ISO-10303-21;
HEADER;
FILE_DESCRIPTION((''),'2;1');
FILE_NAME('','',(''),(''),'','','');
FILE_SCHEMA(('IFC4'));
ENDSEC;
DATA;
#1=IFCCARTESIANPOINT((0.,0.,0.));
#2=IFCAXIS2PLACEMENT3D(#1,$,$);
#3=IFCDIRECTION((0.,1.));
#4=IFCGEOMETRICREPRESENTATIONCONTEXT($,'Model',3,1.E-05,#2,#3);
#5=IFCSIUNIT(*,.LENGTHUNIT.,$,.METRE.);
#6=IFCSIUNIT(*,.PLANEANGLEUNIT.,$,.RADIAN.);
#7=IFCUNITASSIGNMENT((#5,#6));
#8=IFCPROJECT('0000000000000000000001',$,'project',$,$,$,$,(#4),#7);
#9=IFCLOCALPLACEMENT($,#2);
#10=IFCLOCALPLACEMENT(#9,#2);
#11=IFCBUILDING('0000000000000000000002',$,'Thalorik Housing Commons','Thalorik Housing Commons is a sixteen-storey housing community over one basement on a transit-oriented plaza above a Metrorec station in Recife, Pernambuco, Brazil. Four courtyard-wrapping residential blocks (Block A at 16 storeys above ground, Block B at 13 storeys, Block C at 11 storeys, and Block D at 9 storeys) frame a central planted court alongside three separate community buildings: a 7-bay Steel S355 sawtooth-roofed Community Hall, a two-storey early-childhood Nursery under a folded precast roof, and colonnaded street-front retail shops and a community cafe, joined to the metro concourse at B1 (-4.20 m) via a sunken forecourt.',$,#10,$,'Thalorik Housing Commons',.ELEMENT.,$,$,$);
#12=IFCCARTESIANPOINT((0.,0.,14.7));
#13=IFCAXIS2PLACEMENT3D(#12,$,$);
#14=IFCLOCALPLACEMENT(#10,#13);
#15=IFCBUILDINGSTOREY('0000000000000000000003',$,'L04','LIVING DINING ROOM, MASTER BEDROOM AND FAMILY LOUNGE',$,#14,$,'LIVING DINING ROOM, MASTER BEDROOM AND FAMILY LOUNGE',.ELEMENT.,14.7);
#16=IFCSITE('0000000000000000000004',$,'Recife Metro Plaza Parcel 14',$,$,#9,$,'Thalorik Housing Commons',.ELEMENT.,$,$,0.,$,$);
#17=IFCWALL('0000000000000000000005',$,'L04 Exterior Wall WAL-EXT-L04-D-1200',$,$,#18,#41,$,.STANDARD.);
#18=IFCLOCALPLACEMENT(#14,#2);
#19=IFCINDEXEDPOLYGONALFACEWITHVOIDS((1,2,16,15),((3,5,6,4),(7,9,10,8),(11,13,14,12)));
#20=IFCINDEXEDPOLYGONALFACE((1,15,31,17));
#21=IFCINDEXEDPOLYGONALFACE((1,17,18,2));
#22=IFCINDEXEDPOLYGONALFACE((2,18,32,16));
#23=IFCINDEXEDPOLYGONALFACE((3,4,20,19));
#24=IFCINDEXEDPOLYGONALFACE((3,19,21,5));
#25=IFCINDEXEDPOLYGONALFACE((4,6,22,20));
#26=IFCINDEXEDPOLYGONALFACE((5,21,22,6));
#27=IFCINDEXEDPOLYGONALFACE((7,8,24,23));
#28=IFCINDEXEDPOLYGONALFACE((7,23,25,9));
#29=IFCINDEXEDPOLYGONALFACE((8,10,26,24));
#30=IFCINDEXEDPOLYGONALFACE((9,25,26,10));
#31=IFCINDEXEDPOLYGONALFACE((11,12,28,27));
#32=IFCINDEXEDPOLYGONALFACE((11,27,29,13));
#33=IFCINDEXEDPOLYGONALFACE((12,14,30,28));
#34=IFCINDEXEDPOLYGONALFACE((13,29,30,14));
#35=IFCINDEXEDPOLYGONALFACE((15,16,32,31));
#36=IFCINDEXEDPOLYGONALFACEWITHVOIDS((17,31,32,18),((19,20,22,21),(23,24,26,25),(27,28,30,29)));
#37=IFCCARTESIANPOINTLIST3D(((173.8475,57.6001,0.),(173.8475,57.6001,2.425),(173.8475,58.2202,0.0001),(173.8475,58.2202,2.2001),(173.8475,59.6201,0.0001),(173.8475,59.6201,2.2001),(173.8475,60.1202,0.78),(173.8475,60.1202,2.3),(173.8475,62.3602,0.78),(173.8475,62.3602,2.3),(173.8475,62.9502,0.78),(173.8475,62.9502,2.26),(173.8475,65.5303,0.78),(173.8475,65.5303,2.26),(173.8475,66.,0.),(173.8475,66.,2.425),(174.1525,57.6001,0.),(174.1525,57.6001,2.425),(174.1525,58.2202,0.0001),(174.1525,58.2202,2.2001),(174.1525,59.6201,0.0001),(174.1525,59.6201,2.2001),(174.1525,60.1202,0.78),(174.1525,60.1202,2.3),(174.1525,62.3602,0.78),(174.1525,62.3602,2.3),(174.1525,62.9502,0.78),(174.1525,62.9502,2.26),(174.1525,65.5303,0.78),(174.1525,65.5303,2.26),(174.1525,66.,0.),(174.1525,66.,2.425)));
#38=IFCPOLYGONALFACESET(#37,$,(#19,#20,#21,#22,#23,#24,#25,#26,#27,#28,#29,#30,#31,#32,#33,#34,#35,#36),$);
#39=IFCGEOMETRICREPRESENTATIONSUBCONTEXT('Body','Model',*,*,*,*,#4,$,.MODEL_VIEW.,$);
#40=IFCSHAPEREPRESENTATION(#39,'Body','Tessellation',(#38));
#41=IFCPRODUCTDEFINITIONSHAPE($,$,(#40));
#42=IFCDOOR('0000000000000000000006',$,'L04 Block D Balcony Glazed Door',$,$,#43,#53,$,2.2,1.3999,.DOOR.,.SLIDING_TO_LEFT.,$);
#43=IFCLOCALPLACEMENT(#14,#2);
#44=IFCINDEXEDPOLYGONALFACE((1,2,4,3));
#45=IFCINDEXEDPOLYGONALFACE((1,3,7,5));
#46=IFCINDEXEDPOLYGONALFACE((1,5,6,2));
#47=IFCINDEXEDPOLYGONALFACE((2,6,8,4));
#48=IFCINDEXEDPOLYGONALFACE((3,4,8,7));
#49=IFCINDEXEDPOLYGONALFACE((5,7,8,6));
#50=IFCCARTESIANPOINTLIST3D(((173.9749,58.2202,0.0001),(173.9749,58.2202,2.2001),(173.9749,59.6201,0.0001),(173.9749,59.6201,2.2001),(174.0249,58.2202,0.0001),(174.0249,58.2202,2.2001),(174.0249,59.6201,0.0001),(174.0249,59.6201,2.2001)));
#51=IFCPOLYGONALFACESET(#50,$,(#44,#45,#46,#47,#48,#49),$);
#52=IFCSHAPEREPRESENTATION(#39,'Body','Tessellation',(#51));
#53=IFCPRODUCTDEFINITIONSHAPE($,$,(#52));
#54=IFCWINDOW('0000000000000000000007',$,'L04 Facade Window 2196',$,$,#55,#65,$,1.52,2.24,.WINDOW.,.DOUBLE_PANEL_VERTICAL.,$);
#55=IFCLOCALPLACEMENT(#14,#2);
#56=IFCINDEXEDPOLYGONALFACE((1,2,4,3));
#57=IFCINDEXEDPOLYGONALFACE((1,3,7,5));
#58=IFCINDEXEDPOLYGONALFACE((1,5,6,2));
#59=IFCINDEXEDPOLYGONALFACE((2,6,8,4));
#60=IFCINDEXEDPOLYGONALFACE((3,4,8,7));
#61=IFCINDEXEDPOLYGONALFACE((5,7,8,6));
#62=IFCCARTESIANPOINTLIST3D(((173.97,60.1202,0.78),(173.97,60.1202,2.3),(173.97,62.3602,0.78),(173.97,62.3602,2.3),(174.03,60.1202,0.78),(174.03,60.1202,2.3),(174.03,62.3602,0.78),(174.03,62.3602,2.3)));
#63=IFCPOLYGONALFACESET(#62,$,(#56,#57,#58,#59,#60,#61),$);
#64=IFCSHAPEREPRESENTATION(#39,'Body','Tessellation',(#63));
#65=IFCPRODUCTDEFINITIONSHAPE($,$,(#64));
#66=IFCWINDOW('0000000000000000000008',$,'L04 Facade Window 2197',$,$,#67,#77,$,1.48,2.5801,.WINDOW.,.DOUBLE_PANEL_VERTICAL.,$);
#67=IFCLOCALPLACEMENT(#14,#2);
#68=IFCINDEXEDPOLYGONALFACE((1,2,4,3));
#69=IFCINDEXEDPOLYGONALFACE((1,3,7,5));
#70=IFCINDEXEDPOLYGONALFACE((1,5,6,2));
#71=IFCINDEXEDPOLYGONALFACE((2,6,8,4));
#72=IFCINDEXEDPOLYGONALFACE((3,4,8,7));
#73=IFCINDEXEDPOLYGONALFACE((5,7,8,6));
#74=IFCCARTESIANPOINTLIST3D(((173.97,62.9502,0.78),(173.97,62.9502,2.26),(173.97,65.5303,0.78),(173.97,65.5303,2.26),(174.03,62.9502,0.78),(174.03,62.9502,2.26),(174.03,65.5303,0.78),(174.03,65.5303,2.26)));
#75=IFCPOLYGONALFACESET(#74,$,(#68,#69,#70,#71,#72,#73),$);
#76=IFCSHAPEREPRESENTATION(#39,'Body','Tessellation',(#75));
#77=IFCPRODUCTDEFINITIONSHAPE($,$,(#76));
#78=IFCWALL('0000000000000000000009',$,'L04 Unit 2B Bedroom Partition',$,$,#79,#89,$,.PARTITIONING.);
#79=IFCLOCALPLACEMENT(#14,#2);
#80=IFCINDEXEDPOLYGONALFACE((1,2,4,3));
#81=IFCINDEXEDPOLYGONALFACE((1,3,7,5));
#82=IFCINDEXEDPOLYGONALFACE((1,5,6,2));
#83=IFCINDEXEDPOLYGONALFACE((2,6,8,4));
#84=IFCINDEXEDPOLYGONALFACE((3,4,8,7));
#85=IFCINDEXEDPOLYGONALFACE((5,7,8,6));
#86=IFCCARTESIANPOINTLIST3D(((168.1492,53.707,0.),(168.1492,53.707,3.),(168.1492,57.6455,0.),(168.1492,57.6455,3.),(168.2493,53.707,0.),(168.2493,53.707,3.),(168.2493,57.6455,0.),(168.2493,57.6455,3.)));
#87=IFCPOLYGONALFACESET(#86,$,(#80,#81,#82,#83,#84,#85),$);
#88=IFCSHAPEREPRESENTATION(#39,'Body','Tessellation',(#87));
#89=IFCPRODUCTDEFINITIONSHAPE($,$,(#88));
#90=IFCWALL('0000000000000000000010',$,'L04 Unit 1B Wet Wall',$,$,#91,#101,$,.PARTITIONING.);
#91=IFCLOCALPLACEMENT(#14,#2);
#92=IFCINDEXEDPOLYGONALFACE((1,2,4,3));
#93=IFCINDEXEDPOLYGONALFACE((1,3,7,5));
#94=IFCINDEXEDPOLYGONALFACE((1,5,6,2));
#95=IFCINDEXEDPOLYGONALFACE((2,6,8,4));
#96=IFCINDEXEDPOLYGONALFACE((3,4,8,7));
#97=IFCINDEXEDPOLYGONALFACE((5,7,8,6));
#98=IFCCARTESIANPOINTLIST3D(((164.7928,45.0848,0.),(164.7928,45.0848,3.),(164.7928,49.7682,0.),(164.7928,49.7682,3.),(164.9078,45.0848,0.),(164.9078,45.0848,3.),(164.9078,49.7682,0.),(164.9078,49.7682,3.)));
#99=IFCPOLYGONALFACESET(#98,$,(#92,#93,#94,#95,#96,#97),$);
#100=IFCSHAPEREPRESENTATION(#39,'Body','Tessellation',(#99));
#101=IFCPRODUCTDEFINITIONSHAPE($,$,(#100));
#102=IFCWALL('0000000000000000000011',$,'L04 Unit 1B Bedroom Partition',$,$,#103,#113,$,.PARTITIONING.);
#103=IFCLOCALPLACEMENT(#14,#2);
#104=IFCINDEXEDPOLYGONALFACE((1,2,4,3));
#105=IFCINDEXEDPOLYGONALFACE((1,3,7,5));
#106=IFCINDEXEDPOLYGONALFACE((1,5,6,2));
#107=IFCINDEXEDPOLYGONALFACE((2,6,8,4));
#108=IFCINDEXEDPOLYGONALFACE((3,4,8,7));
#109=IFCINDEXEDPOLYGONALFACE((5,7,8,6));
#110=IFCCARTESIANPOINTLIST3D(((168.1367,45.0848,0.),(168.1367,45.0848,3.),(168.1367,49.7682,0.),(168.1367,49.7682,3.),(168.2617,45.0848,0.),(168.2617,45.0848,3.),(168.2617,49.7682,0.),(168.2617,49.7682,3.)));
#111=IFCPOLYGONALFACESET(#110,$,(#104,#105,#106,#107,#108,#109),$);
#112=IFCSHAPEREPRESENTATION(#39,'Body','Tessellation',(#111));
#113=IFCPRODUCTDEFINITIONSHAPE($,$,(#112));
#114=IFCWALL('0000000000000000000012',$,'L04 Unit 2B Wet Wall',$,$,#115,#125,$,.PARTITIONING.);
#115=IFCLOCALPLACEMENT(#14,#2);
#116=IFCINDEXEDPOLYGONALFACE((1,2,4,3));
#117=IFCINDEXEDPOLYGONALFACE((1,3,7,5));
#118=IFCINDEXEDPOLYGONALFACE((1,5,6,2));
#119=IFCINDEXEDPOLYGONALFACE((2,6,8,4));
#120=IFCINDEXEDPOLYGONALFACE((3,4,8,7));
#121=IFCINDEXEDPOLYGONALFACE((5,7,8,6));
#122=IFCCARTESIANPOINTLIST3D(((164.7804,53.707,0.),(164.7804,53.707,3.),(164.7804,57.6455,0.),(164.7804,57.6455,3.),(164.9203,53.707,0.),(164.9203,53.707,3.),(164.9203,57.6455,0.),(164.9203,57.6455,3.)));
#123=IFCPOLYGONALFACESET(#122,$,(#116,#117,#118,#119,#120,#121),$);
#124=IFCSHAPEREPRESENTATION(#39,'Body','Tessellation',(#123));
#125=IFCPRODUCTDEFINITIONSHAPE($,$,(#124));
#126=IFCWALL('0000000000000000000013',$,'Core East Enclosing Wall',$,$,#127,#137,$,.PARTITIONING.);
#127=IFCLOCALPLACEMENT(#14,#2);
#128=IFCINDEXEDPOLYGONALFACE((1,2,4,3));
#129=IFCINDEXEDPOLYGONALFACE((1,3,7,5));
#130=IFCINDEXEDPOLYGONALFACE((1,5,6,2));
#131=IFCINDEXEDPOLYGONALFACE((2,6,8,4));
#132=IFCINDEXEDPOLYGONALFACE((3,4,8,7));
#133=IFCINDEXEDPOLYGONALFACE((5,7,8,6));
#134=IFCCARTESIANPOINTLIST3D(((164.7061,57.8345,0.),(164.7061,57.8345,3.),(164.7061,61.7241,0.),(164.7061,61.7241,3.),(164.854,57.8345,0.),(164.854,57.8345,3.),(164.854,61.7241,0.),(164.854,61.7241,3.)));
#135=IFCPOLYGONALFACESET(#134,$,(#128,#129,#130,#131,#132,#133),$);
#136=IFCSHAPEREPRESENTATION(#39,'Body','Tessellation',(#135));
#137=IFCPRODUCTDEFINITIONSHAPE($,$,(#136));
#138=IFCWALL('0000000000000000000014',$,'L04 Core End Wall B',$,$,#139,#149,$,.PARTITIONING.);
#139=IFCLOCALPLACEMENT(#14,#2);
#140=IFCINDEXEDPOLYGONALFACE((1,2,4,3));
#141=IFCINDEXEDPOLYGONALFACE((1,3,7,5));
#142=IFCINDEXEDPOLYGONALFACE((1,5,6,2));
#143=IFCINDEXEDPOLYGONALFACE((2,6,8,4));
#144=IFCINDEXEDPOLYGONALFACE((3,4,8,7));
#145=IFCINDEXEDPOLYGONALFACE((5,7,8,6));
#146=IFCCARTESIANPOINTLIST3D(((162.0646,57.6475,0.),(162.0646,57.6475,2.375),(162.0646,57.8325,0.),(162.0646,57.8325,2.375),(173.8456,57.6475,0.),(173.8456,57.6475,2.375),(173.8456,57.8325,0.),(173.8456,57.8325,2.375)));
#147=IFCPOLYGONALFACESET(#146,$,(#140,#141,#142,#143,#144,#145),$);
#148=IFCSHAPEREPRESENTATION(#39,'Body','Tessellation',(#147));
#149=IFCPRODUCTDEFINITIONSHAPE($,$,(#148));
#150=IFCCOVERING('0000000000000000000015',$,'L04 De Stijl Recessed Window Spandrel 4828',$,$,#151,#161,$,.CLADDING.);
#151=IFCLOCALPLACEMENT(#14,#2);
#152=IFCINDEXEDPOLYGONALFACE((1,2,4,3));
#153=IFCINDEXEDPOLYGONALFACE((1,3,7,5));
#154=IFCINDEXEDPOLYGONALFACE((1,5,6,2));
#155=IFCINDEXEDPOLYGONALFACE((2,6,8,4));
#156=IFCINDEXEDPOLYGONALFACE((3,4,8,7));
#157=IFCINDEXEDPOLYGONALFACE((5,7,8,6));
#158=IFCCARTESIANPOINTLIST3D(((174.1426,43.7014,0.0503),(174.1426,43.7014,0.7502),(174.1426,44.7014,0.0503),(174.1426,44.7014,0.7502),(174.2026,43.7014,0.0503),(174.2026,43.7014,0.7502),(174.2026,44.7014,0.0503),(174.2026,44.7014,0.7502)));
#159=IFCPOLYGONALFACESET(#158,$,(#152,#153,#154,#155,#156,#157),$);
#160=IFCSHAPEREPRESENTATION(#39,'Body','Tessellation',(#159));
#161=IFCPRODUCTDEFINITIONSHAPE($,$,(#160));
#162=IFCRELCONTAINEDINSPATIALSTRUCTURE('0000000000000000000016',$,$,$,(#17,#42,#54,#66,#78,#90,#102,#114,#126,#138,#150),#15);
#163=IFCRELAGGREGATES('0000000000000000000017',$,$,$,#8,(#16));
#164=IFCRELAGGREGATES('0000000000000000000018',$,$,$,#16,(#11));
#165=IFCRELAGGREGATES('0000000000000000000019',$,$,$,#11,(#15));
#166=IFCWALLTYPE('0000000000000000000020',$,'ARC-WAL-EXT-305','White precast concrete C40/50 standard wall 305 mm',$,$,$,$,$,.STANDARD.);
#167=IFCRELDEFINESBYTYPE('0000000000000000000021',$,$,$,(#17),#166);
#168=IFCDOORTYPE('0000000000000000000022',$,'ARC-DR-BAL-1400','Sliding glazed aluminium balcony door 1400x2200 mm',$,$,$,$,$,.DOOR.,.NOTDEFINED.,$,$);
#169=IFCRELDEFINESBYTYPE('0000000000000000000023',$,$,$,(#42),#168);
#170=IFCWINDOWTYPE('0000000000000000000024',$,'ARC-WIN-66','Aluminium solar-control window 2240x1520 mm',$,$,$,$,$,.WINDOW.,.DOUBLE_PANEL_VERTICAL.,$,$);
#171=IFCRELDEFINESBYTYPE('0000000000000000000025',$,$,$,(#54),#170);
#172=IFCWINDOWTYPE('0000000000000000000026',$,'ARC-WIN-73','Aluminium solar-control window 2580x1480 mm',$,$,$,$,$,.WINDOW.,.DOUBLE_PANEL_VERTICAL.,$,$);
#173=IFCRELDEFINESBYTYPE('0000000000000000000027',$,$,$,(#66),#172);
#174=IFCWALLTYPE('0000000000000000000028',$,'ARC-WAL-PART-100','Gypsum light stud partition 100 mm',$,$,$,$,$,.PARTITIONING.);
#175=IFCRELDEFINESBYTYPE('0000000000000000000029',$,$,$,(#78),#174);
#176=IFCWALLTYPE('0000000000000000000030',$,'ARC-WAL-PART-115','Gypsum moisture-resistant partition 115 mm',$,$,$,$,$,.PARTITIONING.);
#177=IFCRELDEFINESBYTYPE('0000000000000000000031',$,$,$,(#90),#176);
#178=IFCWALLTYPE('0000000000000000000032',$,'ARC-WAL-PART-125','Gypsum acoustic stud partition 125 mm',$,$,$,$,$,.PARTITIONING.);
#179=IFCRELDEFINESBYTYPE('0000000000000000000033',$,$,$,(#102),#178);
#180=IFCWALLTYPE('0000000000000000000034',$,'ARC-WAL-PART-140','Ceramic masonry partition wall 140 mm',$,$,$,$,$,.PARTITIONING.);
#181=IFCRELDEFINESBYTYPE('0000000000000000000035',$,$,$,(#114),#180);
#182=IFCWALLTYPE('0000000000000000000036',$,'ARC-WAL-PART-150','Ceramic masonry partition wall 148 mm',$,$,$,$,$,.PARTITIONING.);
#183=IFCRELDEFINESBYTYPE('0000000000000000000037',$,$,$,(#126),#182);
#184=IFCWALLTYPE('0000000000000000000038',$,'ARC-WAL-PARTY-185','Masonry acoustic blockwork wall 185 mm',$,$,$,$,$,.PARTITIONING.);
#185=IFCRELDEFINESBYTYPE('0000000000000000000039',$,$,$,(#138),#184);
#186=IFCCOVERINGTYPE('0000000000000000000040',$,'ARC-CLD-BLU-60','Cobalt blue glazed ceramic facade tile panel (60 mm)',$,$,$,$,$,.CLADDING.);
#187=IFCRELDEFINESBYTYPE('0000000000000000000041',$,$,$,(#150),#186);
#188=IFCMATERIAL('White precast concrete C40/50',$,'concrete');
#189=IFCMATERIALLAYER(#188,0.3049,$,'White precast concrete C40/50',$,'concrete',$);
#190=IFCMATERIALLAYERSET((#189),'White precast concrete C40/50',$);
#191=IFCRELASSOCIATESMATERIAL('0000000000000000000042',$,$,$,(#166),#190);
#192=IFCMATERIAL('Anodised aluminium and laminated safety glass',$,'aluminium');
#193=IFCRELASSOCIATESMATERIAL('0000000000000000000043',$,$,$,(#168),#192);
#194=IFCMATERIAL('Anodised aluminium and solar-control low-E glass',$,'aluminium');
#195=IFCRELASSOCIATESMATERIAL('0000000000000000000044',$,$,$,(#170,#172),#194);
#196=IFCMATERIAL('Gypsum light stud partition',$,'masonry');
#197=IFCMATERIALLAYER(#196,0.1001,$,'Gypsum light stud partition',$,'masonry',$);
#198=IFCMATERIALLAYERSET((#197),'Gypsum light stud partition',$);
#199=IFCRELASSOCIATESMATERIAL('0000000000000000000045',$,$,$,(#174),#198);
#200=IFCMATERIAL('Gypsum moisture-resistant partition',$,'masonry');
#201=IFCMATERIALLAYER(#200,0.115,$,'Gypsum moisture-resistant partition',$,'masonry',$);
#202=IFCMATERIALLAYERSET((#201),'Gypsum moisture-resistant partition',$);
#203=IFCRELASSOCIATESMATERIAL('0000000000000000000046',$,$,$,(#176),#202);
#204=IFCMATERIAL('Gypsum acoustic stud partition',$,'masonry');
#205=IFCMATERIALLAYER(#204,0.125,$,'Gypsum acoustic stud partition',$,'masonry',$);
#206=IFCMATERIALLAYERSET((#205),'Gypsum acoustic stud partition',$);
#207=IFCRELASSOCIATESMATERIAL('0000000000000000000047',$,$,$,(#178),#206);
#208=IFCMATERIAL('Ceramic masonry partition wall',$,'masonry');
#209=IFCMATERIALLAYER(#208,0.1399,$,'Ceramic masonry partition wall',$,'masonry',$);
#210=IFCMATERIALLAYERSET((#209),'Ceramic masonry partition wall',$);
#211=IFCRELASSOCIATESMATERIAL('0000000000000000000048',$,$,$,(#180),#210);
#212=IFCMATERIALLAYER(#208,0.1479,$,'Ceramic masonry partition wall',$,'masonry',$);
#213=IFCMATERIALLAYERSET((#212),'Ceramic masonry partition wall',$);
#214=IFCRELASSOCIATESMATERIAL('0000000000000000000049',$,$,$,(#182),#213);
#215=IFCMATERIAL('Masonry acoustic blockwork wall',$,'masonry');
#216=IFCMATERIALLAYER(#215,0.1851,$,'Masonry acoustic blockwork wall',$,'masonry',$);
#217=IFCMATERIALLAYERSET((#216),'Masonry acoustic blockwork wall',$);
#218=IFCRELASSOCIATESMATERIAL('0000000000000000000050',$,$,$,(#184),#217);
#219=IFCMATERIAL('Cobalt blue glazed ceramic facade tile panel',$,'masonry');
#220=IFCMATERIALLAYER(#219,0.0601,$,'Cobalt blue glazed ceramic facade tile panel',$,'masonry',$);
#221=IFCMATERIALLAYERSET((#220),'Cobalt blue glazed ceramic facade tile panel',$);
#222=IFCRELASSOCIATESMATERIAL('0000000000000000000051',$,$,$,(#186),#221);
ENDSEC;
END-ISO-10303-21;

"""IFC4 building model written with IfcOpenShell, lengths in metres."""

from ifc_helpers import new_model, si_unit, direction, frame, frame_2d, origin, origin_2d, place, context, subcontext, project, spatial, rectangle, extrude, material, layer, layer_set, type_object, element, fill, save


model = new_model("IFC4")

# Units and contexts
model_context = context("Model", 3, precision=1e-05, world=origin(), true_north=direction((0.0, 1.0)))
body_context = subcontext(model_context, "Body", "Model", "MODEL_VIEW")
ifc_project = project(units=[si_unit("LENGTHUNIT", "METRE"), si_unit("PLANEANGLEUNIT", "RADIAN")], contexts=[model_context])

# Site, building, storey
site_placement = place(None, origin())
site = spatial("IfcSite", under=ifc_project, at=site_placement, Name="Recife Metro Plaza Parcel 14", LongName="Thalorik Housing Commons", CompositionType="ELEMENT", RefElevation=0.0)
building_placement = place(site_placement, origin())
building = spatial("IfcBuilding", under=site, at=building_placement, Name="Thalorik Housing Commons", Description="Thalorik Housing Commons is a sixteen-storey housing community over one basement on a transit-oriented plaza above a Metrorec station in Recife, Pernambuco, Brazil. Four courtyard-wrapping residential blocks (Block A at 16 storeys above ground, Block B at 13 storeys, Block C at 11 storeys, and Block D at 9 storeys) frame a central planted court alongside three separate community buildings: a 7-bay Steel S355 sawtooth-roofed Community Hall, a two-storey early-childhood Nursery under a folded precast roof, and colonnaded street-front retail shops and a community cafe, joined to the metro concourse at B1 (-4.20 m) via a sunken forecourt.", LongName="Thalorik Housing Commons", CompositionType="ELEMENT")
storey_placement = place(building_placement, frame((0.0, 0.0, 14.7)))
storey = spatial("IfcBuildingStorey", under=building, at=storey_placement, Name="L04", Description="LIVING DINING ROOM, MASTER BEDROOM AND FAMILY LOUNGE", LongName="LIVING DINING ROOM, MASTER BEDROOM AND FAMILY LOUNGE", CompositionType="ELEMENT", Elevation=14.7)

# Wall, openings, door, windows
ifc_material_1 = material(Name="White precast concrete C40/50", Category="concrete")
ifc_layer_1 = layer(ifc_material_1, 0.3049, Name="White precast concrete C40/50", Category="concrete")
ifc_layer_set_1 = layer_set([ifc_layer_1], Name="White precast concrete C40/50")
wall_type_1 = type_object("IfcWallType", Name="ARC-WAL-EXT-305", Description="White precast concrete C40/50 standard wall 305 mm", PredefinedType="STANDARD", material=ifc_layer_set_1)
ifc_material_2 = material(Name="Anodised aluminium and laminated safety glass", Category="aluminium")
ifc_material_3 = material(Name="Anodised aluminium and solar-control low-E glass", Category="aluminium")
wall_1_placement = place(storey_placement, frame((174.0, 57.6001, 0.0), z_axis=(0.0, 0.0, 1.0), x_axis=(0.0, 1.0, 0.0)))
wall_1 = element("IfcWall", 1, at=wall_1_placement, inside=storey, type_object=wall_type_1, Name="L04 Exterior Wall WAL-EXT-L04-D-1200", PredefinedType="STANDARD", context=body_context, shape_type="SweptSolid", body=[
    extrude(rectangle(XDim=8.3999, YDim=0.3049, at=frame_2d((4.2, 0.0))), origin(), (0.0, 0.0, 1.0), 2.425),
])
opening_1_placement = place(wall_1_placement, frame((0.6201, 0.0, 0.0)))
opening_1 = element("IfcOpeningElement", 2, at=opening_1_placement, cuts=wall_1, PredefinedType="OPENING", context=body_context, shape_type="SweptSolid", body=[
    extrude(rectangle(XDim=1.3999, YDim=2.2, at=frame_2d((0.7, 1.1001))), frame((0.0, 0.1626, 0.0), z_axis=(0.0, -1.0, 0.0), x_axis=(1.0, 0.0, 0.0)), (0.0, 0.0, 1.0), 0.325),
])
opening_2_placement = place(wall_1_placement, frame((2.52, 0.0, 0.78)))
opening_2 = element("IfcOpeningElement", 3, at=opening_2_placement, cuts=wall_1, PredefinedType="OPENING", context=body_context, shape_type="SweptSolid", body=[
    extrude(rectangle(XDim=2.24, YDim=1.52, at=frame_2d((1.1201, 0.76))), frame((0.0, 0.1626, 0.0), z_axis=(0.0, -1.0, 0.0), x_axis=(1.0, 0.0, 0.0)), (0.0, 0.0, 1.0), 0.325),
])
opening_3_placement = place(wall_1_placement, frame((5.3501, 0.0, 0.78)))
opening_3 = element("IfcOpeningElement", 4, at=opening_3_placement, cuts=wall_1, PredefinedType="OPENING", context=body_context, shape_type="SweptSolid", body=[
    extrude(rectangle(XDim=2.5801, YDim=1.48, at=frame_2d((1.29, 0.74))), frame((0.0, 0.1626, 0.0), z_axis=(0.0, -1.0, 0.0), x_axis=(1.0, 0.0, 0.0)), (0.0, 0.0, 1.0), 0.325),
])
door_type_1 = type_object("IfcDoorType", Name="ARC-DR-BAL-1400", Description="Sliding glazed aluminium balcony door 1400x2200 mm", OperationType="NOTDEFINED", PredefinedType="DOOR", material=ifc_material_2)
door_1_placement = place(opening_1_placement, frame((1.3999, 0.0, 0.0), z_axis=(0.0, 0.0, 1.0), x_axis=(-1.0, 0.0, 0.0)))
door_1 = element("IfcDoor", 5, at=door_1_placement, inside=storey, type_object=door_type_1, Name="L04 Block D Balcony Glazed Door", OperationType="SLIDING_TO_LEFT", OverallHeight=2.2, OverallWidth=1.3999, PredefinedType="DOOR", context=body_context, shape_type="SweptSolid", body=[
    extrude(rectangle(XDim=1.3999, YDim=2.2, at=frame_2d((0.7, 1.1001))), frame((0.0, 0.0249, 0.0), z_axis=(0.0, -1.0, 0.0), x_axis=(1.0, 0.0, 0.0)), (0.0, 0.0, 1.0), 0.05),
])
fill(opening_1, door_1)
window_type_1 = type_object("IfcWindowType", Name="ARC-WIN-66", Description="Aluminium solar-control window 2240x1520 mm", PartitioningType="DOUBLE_PANEL_VERTICAL", PredefinedType="WINDOW", material=ifc_material_3)
window_1_placement = place(opening_2_placement, origin())
window_1 = element("IfcWindow", 6, at=window_1_placement, inside=storey, type_object=window_type_1, Name="L04 Facade Window 2196", OverallHeight=1.52, OverallWidth=2.24, PartitioningType="DOUBLE_PANEL_VERTICAL", PredefinedType="WINDOW", context=body_context, shape_type="SweptSolid", body=[
    extrude(rectangle(XDim=2.24, YDim=1.52, at=frame_2d((1.1201, 0.76))), frame((0.0, 0.03, 0.0), z_axis=(0.0, -1.0, 0.0), x_axis=(1.0, 0.0, 0.0)), (0.0, 0.0, 1.0), 0.0601),
])
fill(opening_2, window_1)
window_type_2 = type_object("IfcWindowType", Name="ARC-WIN-73", Description="Aluminium solar-control window 2580x1480 mm", PartitioningType="DOUBLE_PANEL_VERTICAL", PredefinedType="WINDOW", material=ifc_material_3)
window_2_placement = place(opening_3_placement, origin())
window_2 = element("IfcWindow", 7, at=window_2_placement, inside=storey, type_object=window_type_2, Name="L04 Facade Window 2197", OverallHeight=1.48, OverallWidth=2.5801, PartitioningType="DOUBLE_PANEL_VERTICAL", PredefinedType="WINDOW", context=body_context, shape_type="SweptSolid", body=[
    extrude(rectangle(XDim=2.5801, YDim=1.48, at=frame_2d((1.29, 0.74))), frame((0.0, 0.03, 0.0), z_axis=(0.0, -1.0, 0.0), x_axis=(1.0, 0.0, 0.0)), (0.0, 0.0, 1.0), 0.0601),
])
fill(opening_3, window_2)

# Walls
ifc_material_4 = material(Name="Gypsum light stud partition", Category="masonry")
ifc_layer_2 = layer(ifc_material_4, 0.1001, Name="Gypsum light stud partition", Category="masonry")
ifc_layer_set_2 = layer_set([ifc_layer_2], Name="Gypsum light stud partition")
wall_type_2 = type_object("IfcWallType", Name="ARC-WAL-PART-100", Description="Gypsum light stud partition 100 mm", PredefinedType="PARTITIONING", material=ifc_layer_set_2)
wall_2_placement = place(storey_placement, frame((168.1992, 53.707, 0.0), z_axis=(0.0, 0.0, 1.0), x_axis=(0.0, 1.0, 0.0)))
element("IfcWall", 8, at=wall_2_placement, inside=storey, type_object=wall_type_2, Name="L04 Unit 2B Bedroom Partition", PredefinedType="PARTITIONING", context=body_context, shape_type="SweptSolid", body=[
    extrude(rectangle(XDim=3.9385, YDim=0.1001, at=frame_2d((1.9692, 0.0))), origin(), (0.0, 0.0, 1.0), 3.0),
])
ifc_material_5 = material(Name="Gypsum moisture-resistant partition", Category="masonry")
ifc_layer_3 = layer(ifc_material_5, 0.115, Name="Gypsum moisture-resistant partition", Category="masonry")
ifc_layer_set_3 = layer_set([ifc_layer_3], Name="Gypsum moisture-resistant partition")
wall_type_3 = type_object("IfcWallType", Name="ARC-WAL-PART-115", Description="Gypsum moisture-resistant partition 115 mm", PredefinedType="PARTITIONING", material=ifc_layer_set_3)
wall_3_placement = place(storey_placement, frame((164.8503, 45.0847, 0.0), z_axis=(0.0, 0.0, 1.0), x_axis=(0.0, 1.0, 0.0)))
element("IfcWall", 9, at=wall_3_placement, inside=storey, type_object=wall_type_3, Name="L04 Unit 1B Wet Wall", PredefinedType="PARTITIONING", context=body_context, shape_type="SweptSolid", body=[
    extrude(rectangle(XDim=4.6833, YDim=0.115, at=frame_2d((2.3418, 0.0))), origin(), (0.0, 0.0, 1.0), 3.0),
])
ifc_material_6 = material(Name="Gypsum acoustic stud partition", Category="masonry")
ifc_layer_4 = layer(ifc_material_6, 0.125, Name="Gypsum acoustic stud partition", Category="masonry")
ifc_layer_set_4 = layer_set([ifc_layer_4], Name="Gypsum acoustic stud partition")
wall_type_4 = type_object("IfcWallType", Name="ARC-WAL-PART-125", Description="Gypsum acoustic stud partition 125 mm", PredefinedType="PARTITIONING", material=ifc_layer_set_4)
wall_4_placement = place(storey_placement, frame((168.1992, 45.0847, 0.0), z_axis=(0.0, 0.0, 1.0), x_axis=(0.0, 1.0, 0.0)))
element("IfcWall", 10, at=wall_4_placement, inside=storey, type_object=wall_type_4, Name="L04 Unit 1B Bedroom Partition", PredefinedType="PARTITIONING", context=body_context, shape_type="SweptSolid", body=[
    extrude(rectangle(XDim=4.6833, YDim=0.125, at=frame_2d((2.3418, 0.0))), origin(), (0.0, 0.0, 1.0), 3.0),
])
ifc_material_7 = material(Name="Ceramic masonry partition wall", Category="masonry")
ifc_layer_5 = layer(ifc_material_7, 0.1399, Name="Ceramic masonry partition wall", Category="masonry")
ifc_layer_set_5 = layer_set([ifc_layer_5], Name="Ceramic masonry partition wall")
wall_type_5 = type_object("IfcWallType", Name="ARC-WAL-PART-140", Description="Ceramic masonry partition wall 140 mm", PredefinedType="PARTITIONING", material=ifc_layer_set_5)
wall_5_placement = place(storey_placement, frame((164.8503, 53.707, 0.0), z_axis=(0.0, 0.0, 1.0), x_axis=(0.0, 1.0, 0.0)))
element("IfcWall", 11, at=wall_5_placement, inside=storey, type_object=wall_type_5, Name="L04 Unit 2B Wet Wall", PredefinedType="PARTITIONING", context=body_context, shape_type="SweptSolid", body=[
    extrude(rectangle(XDim=3.9385, YDim=0.1399, at=frame_2d((1.9692, 0.0))), origin(), (0.0, 0.0, 1.0), 3.0),
])
ifc_layer_6 = layer(ifc_material_7, 0.1479, Name="Ceramic masonry partition wall", Category="masonry")
ifc_layer_set_6 = layer_set([ifc_layer_6], Name="Ceramic masonry partition wall")
wall_type_6 = type_object("IfcWallType", Name="ARC-WAL-PART-150", Description="Ceramic masonry partition wall 148 mm", PredefinedType="PARTITIONING", material=ifc_layer_set_6)
wall_6_placement = place(storey_placement, frame((164.78, 61.7241, 0.0), z_axis=(0.0, 0.0, 1.0), x_axis=(0.0, -1.0, 0.0)))
element("IfcWall", 12, at=wall_6_placement, inside=storey, type_object=wall_type_6, Name="Core East Enclosing Wall", PredefinedType="PARTITIONING", context=body_context, shape_type="SweptSolid", body=[
    extrude(rectangle(XDim=3.8896, YDim=0.1479, at=frame_2d((1.9448, 0.0))), origin(), (0.0, 0.0, 1.0), 3.0),
])
ifc_material_8 = material(Name="Masonry acoustic blockwork wall", Category="masonry")
ifc_layer_7 = layer(ifc_material_8, 0.1851, Name="Masonry acoustic blockwork wall", Category="masonry")
ifc_layer_set_7 = layer_set([ifc_layer_7], Name="Masonry acoustic blockwork wall")
wall_type_7 = type_object("IfcWallType", Name="ARC-WAL-PARTY-185", Description="Masonry acoustic blockwork wall 185 mm", PredefinedType="PARTITIONING", material=ifc_layer_set_7)
wall_7_placement = place(storey_placement, frame((162.0645, 57.74, 0.0), z_axis=(0.0, 0.0, 1.0), x_axis=(1.0, 0.0, 0.0)))
element("IfcWall", 13, at=wall_7_placement, inside=storey, type_object=wall_type_7, Name="L04 Core End Wall B", PredefinedType="PARTITIONING", context=body_context, shape_type="SweptSolid", body=[
    extrude(rectangle(XDim=11.781, YDim=0.1851, at=frame_2d((5.8906, 0.0))), origin(), (0.0, 0.0, 1.0), 2.375),
])

# Covering
ifc_material_9 = material(Name="Cobalt blue glazed ceramic facade tile panel", Category="masonry")
ifc_layer_8 = layer(ifc_material_9, 0.0601, Name="Cobalt blue glazed ceramic facade tile panel", Category="masonry")
ifc_layer_set_8 = layer_set([ifc_layer_8], Name="Cobalt blue glazed ceramic facade tile panel")
covering_type_1 = type_object("IfcCoveringType", Name="ARC-CLD-BLU-60", Description="Cobalt blue glazed ceramic facade tile panel (60 mm)", PredefinedType="CLADDING", material=ifc_layer_set_8)
covering_1_placement = place(storey_placement, frame((174.1726, 44.2014, 0.0503), z_axis=(0.0, 0.0, 1.0), x_axis=(0.0, 1.0, 0.0)))
element("IfcCovering", 14, at=covering_1_placement, inside=storey, type_object=covering_type_1, Name="L04 De Stijl Recessed Window Spandrel 4828", PredefinedType="CLADDING", context=body_context, shape_type="SweptSolid", body=[
    extrude(rectangle(XDim=1.0, YDim=0.0601, at=origin_2d()), origin(), (0.0, 0.0, 1.0), 0.7),
])

save(model, "model.ifc")
